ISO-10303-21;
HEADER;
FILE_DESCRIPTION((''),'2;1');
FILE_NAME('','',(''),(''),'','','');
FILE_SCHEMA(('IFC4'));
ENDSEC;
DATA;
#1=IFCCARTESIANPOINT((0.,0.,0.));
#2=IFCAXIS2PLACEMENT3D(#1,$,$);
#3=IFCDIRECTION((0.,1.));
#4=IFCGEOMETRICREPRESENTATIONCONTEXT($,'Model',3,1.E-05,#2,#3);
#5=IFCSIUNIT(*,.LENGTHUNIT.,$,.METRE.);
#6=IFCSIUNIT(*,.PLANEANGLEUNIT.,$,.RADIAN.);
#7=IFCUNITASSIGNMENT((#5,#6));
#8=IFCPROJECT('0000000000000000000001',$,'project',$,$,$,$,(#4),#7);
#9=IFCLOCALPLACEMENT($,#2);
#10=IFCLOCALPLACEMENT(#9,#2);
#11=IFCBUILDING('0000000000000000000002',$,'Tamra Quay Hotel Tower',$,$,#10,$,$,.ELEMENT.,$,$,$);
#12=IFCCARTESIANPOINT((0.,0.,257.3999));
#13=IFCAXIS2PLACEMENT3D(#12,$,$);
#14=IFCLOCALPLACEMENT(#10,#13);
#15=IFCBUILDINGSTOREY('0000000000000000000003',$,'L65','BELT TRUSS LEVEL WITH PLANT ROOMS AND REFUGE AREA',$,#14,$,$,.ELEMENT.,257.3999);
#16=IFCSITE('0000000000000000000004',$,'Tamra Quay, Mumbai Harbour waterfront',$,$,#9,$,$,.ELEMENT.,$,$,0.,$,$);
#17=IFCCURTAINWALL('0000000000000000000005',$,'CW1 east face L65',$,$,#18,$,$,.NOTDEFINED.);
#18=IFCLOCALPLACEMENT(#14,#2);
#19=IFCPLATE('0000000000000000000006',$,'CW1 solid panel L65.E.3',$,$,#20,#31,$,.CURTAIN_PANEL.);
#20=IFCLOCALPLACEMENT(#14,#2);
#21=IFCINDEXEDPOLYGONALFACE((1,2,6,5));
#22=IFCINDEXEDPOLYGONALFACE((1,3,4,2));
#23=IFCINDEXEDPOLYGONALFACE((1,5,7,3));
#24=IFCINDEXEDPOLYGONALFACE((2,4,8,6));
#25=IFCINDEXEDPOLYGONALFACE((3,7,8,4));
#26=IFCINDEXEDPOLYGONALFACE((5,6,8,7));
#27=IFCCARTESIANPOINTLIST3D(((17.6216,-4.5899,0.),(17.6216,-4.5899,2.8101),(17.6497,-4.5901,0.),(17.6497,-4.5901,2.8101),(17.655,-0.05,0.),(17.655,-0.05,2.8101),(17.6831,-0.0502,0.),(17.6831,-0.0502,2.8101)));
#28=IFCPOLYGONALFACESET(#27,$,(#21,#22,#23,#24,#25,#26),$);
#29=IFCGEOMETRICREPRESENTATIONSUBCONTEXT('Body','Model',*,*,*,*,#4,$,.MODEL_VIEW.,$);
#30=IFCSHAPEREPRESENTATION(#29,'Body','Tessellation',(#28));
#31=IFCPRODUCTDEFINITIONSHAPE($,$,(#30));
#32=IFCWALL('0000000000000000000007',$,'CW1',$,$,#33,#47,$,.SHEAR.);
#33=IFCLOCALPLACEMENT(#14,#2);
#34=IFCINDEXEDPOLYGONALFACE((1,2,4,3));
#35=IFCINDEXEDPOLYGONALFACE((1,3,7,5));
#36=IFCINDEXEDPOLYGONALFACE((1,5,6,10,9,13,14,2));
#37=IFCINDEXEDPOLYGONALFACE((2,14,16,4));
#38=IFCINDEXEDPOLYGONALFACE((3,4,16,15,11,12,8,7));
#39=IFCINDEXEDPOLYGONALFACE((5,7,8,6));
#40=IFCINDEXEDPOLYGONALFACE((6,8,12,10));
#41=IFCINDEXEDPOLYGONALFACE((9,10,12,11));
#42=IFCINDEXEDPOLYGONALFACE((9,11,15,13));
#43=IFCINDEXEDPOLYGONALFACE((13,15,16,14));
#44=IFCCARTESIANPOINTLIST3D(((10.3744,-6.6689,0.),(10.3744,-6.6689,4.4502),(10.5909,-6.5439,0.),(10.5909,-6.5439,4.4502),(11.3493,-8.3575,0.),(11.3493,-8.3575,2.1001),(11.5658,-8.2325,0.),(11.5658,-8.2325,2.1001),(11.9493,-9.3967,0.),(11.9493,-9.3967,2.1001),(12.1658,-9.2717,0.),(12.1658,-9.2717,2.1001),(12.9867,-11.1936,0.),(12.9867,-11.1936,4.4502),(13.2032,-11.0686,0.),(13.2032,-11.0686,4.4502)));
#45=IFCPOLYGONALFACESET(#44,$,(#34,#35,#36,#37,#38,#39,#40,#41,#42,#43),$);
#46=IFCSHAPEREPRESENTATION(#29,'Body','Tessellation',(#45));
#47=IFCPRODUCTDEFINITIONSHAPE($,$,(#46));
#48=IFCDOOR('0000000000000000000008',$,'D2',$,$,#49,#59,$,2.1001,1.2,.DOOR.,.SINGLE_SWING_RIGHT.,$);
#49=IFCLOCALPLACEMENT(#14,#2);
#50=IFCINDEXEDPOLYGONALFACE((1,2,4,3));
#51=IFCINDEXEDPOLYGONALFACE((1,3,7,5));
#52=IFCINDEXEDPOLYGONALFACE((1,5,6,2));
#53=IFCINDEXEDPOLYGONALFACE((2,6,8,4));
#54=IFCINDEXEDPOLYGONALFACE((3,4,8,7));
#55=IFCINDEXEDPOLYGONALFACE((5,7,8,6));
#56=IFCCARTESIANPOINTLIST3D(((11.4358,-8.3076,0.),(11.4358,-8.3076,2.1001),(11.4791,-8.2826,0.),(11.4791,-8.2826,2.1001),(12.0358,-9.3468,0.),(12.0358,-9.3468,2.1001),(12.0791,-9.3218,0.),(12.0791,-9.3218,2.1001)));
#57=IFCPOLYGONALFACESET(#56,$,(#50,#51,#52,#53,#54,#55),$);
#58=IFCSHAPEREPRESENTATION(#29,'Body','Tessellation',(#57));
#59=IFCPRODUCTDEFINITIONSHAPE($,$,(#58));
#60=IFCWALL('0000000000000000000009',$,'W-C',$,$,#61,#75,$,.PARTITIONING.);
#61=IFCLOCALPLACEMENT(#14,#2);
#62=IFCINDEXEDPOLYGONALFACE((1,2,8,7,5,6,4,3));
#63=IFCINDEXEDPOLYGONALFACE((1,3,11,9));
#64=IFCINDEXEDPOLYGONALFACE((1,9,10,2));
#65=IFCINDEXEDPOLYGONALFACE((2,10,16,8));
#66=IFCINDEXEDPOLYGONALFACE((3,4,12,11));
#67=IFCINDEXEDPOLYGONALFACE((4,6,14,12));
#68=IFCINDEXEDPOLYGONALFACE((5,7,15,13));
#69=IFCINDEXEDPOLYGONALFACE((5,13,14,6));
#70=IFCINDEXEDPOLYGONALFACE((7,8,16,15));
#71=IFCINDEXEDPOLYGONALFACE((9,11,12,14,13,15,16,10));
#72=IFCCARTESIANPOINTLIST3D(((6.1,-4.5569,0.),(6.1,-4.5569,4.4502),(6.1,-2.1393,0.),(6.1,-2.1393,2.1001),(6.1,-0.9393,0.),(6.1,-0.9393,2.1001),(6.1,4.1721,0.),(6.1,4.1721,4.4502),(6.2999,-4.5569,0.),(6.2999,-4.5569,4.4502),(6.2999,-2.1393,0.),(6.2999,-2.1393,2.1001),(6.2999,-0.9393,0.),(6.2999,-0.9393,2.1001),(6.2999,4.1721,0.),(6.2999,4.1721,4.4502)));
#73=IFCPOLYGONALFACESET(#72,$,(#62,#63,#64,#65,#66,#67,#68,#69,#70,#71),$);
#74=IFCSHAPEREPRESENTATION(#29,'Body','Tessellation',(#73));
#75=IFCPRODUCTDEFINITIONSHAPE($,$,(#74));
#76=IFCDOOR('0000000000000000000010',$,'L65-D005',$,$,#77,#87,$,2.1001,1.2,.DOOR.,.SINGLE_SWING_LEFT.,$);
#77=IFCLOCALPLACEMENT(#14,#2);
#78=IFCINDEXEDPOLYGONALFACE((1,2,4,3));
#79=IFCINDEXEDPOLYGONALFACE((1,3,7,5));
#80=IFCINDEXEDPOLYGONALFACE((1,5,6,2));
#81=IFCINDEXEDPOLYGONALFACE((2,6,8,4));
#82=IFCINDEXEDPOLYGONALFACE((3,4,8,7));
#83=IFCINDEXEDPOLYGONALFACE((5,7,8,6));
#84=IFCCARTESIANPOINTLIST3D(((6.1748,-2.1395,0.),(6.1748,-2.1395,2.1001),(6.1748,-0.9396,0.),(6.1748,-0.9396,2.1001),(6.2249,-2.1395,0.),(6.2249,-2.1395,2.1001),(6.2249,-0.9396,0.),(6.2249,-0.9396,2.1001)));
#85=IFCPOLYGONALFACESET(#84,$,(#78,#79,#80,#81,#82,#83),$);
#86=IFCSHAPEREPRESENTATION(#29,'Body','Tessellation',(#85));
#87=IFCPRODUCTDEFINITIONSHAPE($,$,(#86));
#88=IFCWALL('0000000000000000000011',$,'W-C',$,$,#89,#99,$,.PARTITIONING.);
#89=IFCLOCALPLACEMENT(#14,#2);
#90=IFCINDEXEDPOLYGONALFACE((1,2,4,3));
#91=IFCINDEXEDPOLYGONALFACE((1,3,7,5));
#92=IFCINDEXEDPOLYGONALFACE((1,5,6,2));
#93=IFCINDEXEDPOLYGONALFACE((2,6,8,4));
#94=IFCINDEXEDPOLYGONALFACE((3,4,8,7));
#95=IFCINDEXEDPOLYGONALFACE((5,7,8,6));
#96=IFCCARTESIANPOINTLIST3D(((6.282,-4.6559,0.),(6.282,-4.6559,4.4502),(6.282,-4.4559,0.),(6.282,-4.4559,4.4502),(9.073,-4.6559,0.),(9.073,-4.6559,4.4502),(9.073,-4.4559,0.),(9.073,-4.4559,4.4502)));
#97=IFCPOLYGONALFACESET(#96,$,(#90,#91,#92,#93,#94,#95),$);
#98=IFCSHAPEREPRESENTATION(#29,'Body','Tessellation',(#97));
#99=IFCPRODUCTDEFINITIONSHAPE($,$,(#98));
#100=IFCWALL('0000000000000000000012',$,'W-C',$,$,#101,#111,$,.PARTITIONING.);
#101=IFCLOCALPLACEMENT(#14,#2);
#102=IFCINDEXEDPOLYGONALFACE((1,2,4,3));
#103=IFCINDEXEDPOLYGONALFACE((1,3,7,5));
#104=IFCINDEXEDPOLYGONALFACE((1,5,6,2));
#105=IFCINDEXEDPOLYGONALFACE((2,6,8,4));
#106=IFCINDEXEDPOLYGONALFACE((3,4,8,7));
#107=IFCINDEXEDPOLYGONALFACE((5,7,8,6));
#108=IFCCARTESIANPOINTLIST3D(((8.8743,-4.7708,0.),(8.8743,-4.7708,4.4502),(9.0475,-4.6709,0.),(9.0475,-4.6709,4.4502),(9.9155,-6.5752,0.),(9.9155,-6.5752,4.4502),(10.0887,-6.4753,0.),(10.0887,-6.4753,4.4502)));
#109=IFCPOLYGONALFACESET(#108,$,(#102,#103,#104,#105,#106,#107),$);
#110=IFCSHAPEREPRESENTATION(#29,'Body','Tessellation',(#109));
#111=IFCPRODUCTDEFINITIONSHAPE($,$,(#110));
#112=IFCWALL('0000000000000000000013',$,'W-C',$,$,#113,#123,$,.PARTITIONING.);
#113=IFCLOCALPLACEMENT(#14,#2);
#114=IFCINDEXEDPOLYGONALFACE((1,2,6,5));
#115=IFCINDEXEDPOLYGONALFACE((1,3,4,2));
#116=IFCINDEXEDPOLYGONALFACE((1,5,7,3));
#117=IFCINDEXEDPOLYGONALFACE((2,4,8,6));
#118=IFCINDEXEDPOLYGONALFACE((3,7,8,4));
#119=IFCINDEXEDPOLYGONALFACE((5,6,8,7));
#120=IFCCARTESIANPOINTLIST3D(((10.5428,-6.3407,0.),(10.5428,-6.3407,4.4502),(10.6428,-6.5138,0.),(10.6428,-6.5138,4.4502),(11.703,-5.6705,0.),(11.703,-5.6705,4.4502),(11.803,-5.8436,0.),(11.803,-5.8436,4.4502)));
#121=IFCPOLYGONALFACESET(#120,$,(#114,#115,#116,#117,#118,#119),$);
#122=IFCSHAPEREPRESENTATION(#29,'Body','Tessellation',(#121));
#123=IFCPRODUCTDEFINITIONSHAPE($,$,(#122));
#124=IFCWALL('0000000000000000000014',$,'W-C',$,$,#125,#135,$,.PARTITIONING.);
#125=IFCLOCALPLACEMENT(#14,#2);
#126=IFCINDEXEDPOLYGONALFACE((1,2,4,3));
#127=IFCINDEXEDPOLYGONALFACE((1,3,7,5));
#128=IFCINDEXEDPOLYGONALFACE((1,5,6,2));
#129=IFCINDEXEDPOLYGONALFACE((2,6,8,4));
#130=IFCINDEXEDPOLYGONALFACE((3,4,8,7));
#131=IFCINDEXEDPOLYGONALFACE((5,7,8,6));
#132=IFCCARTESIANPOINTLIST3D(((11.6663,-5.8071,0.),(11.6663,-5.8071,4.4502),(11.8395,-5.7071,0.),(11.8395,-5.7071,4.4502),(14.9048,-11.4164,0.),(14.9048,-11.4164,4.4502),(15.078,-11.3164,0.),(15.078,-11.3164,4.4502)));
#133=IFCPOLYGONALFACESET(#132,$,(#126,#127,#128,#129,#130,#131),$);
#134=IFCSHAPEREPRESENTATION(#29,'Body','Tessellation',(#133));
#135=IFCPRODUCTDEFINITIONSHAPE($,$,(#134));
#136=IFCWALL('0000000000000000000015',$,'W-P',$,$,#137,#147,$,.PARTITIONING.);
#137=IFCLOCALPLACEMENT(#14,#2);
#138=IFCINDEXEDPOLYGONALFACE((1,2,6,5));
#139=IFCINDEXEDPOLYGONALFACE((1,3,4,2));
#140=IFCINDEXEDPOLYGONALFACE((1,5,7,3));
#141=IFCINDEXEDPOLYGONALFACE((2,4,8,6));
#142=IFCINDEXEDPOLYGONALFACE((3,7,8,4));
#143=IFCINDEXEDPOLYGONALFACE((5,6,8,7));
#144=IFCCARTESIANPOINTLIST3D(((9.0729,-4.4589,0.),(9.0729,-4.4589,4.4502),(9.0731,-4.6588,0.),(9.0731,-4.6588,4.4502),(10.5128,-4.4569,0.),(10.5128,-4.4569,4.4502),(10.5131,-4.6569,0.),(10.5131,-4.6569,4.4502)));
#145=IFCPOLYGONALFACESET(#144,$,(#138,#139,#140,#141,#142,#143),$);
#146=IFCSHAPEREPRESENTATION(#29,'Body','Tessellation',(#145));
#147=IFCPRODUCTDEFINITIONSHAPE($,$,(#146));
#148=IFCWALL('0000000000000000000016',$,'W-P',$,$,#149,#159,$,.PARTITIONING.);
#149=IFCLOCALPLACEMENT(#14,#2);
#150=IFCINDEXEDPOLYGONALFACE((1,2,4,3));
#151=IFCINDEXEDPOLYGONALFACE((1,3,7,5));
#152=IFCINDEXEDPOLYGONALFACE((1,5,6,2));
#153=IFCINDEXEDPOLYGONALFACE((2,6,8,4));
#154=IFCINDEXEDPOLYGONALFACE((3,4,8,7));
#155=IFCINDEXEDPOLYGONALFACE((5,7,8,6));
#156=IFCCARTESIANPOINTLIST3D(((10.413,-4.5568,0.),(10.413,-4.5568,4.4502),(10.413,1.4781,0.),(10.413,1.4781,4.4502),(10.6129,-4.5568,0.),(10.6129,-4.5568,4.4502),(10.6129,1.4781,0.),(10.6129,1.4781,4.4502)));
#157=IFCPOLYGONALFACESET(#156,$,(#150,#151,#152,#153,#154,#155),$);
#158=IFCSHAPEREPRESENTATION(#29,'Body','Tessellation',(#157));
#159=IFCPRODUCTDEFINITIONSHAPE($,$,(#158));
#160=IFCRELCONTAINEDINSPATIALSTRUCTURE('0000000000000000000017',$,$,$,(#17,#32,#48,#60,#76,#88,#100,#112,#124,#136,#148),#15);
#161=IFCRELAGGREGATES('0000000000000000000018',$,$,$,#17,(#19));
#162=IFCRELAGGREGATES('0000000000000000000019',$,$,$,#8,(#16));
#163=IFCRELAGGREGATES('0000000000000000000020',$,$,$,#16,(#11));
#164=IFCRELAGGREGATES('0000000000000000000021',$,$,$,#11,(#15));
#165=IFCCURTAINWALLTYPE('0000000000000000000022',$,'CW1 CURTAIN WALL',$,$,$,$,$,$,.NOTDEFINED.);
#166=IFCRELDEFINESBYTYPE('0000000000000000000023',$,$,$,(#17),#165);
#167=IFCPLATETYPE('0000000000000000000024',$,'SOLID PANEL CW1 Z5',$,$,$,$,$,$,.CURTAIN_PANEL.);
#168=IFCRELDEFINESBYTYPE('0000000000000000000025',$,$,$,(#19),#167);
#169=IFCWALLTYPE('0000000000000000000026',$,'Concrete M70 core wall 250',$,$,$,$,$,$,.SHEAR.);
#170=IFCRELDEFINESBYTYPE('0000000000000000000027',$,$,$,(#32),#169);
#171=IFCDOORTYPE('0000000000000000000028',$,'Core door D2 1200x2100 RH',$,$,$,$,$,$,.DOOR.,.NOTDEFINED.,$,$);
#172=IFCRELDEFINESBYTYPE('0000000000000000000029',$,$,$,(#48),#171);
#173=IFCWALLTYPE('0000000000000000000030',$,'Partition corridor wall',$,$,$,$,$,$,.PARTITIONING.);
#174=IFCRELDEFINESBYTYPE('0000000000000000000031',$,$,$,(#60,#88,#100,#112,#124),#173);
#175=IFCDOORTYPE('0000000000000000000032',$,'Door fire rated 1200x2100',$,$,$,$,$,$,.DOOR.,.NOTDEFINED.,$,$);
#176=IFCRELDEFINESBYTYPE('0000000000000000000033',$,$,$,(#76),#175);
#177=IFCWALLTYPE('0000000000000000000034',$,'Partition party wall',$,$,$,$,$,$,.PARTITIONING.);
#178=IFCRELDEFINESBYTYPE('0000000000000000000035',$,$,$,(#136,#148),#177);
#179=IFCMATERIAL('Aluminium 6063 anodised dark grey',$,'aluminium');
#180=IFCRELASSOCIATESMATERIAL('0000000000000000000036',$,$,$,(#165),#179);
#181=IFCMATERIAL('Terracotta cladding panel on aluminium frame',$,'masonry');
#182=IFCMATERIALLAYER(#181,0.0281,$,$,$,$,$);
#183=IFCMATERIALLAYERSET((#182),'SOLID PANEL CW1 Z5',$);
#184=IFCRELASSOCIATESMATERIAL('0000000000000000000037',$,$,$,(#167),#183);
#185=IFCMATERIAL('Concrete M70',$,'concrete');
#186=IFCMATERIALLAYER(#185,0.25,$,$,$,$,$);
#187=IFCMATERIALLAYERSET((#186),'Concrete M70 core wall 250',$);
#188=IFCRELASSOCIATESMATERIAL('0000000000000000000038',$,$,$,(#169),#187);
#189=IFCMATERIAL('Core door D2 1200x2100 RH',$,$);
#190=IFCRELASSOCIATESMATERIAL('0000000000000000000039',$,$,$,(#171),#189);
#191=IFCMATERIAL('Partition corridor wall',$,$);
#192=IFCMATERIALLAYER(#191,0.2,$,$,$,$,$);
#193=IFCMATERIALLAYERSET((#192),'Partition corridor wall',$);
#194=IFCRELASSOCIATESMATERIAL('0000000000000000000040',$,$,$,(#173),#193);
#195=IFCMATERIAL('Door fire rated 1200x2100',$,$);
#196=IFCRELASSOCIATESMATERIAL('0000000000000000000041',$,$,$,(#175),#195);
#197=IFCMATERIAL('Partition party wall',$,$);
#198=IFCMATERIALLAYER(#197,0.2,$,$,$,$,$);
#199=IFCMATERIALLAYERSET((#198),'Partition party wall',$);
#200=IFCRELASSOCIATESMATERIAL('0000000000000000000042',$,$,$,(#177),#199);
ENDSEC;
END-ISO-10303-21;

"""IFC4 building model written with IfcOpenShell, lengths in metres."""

from ifc_helpers import new_model, si_unit, direction, frame, frame_2d, origin, origin_2d, place, context, subcontext, project, spatial, rectangle, extrude, material, layer, layer_set, type_object, element, fill, aggregate, save


model = new_model("IFC4")

# Units and contexts
model_context = context("Model", 3, precision=1e-05, world=origin(), true_north=direction((0.0, 1.0)))
body_context = subcontext(model_context, "Body", "Model", "MODEL_VIEW")
ifc_project = project(units=[si_unit("LENGTHUNIT", "METRE"), si_unit("PLANEANGLEUNIT", "RADIAN")], contexts=[model_context])

# Site, building, storey
site_placement = place(None, origin())
site = spatial("IfcSite", under=ifc_project, at=site_placement, Name="Tamra Quay, Mumbai Harbour waterfront", CompositionType="ELEMENT", RefElevation=0.0)
building_placement = place(site_placement, origin())
building = spatial("IfcBuilding", under=site, at=building_placement, Name="Tamra Quay Hotel Tower", CompositionType="ELEMENT")
storey_placement = place(building_placement, frame((0.0, 0.0, 257.3999)))
storey = spatial("IfcBuildingStorey", under=building, at=storey_placement, Name="L65", Description="BELT TRUSS LEVEL WITH PLANT ROOMS AND REFUGE AREA", CompositionType="ELEMENT", Elevation=257.3999)

# Curtain wall
ifc_material_1 = material(Name="Aluminium 6063 anodised dark grey", Category="aluminium")
curtain_wall_type = type_object("IfcCurtainWallType", Name="CW1 CURTAIN WALL", PredefinedType="NOTDEFINED", material=ifc_material_1)
curtain_wall_placement = place(storey_placement, origin())
curtain_wall = element("IfcCurtainWall", 1, at=curtain_wall_placement, inside=storey, type_object=curtain_wall_type, Name="CW1 east face L65", PredefinedType="NOTDEFINED")

# Plate
ifc_material_2 = material(Name="Terracotta cladding panel on aluminium frame", Category="masonry")
ifc_layer_1 = layer(ifc_material_2, 0.0281)
ifc_layer_set_1 = layer_set([ifc_layer_1], Name="SOLID PANEL CW1 Z5")
plate_type_1 = type_object("IfcPlateType", Name="SOLID PANEL CW1 Z5", PredefinedType="CURTAIN_PANEL", material=ifc_layer_set_1)
plate_placement = place(storey_placement, frame((17.6523, -2.3201, 0.0), z_axis=(0.0, 0.0, 1.0), x_axis=(0.007362, 0.999973, 0.0)))
plate = element("IfcPlate", 2, at=plate_placement, type_object=plate_type_1, Name="CW1 solid panel L65.E.3", PredefinedType="CURTAIN_PANEL", context=body_context, shape_type="SweptSolid", body=[
    extrude(rectangle(XDim=4.54, YDim=0.0281, at=origin_2d()), origin(), (0.0, 0.0, 1.0), 2.8101),
])
aggregate(curtain_wall, [plate])

# Walls, openings, doors
ifc_material_3 = material(Name="Concrete M70", Category="concrete")
ifc_layer_2 = layer(ifc_material_3, 0.25)
ifc_layer_set_2 = layer_set([ifc_layer_2], Name="Concrete M70 core wall 250")
wall_type_1 = type_object("IfcWallType", Name="Concrete M70 core wall 250", PredefinedType="SHEAR", material=ifc_layer_set_2)
wall_1_placement = place(storey_placement, frame((10.4827, -6.6064, 0.0), z_axis=(0.0, 0.0, 1.0), x_axis=(0.499999, -0.866026, 0.0)))
wall_1 = element("IfcWall", 3, at=wall_1_placement, inside=storey, type_object=wall_type_1, Name="CW1", PredefinedType="SHEAR", context=body_context, shape_type="SweptSolid", body=[
    extrude(rectangle(XDim=5.2246, YDim=0.25, at=frame_2d((2.6123, 0.0))), origin(), (0.0, 0.0, 1.0), 4.4502),
])
opening_1_placement = place(wall_1_placement, frame((1.9497, 0.0, 0.0)))
opening_1 = element("IfcOpeningElement", 4, at=opening_1_placement, cuts=wall_1, PredefinedType="OPENING", context=body_context, shape_type="SweptSolid", body=[
    extrude(rectangle(XDim=1.2, YDim=2.1001, at=frame_2d((0.6001, 1.05))), frame((0.0, 0.135, 0.0), z_axis=(0.0, -1.0, 0.0), x_axis=(1.0, 0.0, 0.0)), (0.0, 0.0, 1.0), 0.27),
])
ifc_material_4 = material(Name="Core door D2 1200x2100 RH")
door_type_1 = type_object("IfcDoorType", Name="Core door D2 1200x2100 RH", OperationType="NOTDEFINED", PredefinedType="DOOR", material=ifc_material_4)
door_1_placement = place(opening_1_placement, origin())
door_1 = element("IfcDoor", 5, at=door_1_placement, inside=storey, type_object=door_type_1, Name="D2", OperationType="SINGLE_SWING_RIGHT", OverallHeight=2.1001, OverallWidth=1.2, PredefinedType="DOOR", context=body_context, shape_type="SweptSolid", body=[
    extrude(rectangle(XDim=1.2, YDim=2.1001, at=frame_2d((0.6001, 1.05))), frame((0.0, 0.0249, 0.0), z_axis=(0.0, -1.0, 0.0), x_axis=(1.0, 0.0, 0.0)), (0.0, 0.0, 1.0), 0.05),
])
fill(opening_1, door_1)
ifc_material_5 = material(Name="Partition corridor wall")
ifc_layer_3 = layer(ifc_material_5, 0.2)
ifc_layer_set_3 = layer_set([ifc_layer_3], Name="Partition corridor wall")
wall_type_2 = type_object("IfcWallType", Name="Partition corridor wall", PredefinedType="PARTITIONING", material=ifc_layer_set_3)
wall_2_placement = place(storey_placement, frame((6.2, -4.5569, 0.0), z_axis=(0.0, 0.0, 1.0), x_axis=(0.0, 1.0, 0.0)))
wall_2 = element("IfcWall", 6, at=wall_2_placement, inside=storey, type_object=wall_type_2, Name="W-C", PredefinedType="PARTITIONING", context=body_context, shape_type="SweptSolid", body=[
    extrude(rectangle(XDim=8.729, YDim=0.2, at=frame_2d((4.3645, 0.0))), origin(), (0.0, 0.0, 1.0), 4.4502),
])
opening_2_placement = place(wall_2_placement, frame((2.4175, 0.0, 0.0)))
opening_2 = element("IfcOpeningElement", 7, at=opening_2_placement, cuts=wall_2, PredefinedType="OPENING", context=body_context, shape_type="SweptSolid", body=[
    extrude(rectangle(XDim=1.2, YDim=2.1001, at=frame_2d((0.6001, 1.05))), frame((0.0, 0.1099, 0.0), z_axis=(0.0, -1.0, 0.0), x_axis=(1.0, 0.0, 0.0)), (0.0, 0.0, 1.0), 0.22),
])
ifc_material_6 = material(Name="Door fire rated 1200x2100")
door_type_2 = type_object("IfcDoorType", Name="Door fire rated 1200x2100", OperationType="NOTDEFINED", PredefinedType="DOOR", material=ifc_material_6)
door_2_placement = place(opening_2_placement, frame((1.2, 0.0, 0.0), z_axis=(0.0, 0.0, 1.0), x_axis=(-1.0, 0.0, 0.0)))
door_2 = element("IfcDoor", 8, at=door_2_placement, inside=storey, type_object=door_type_2, Name="L65-D005", OperationType="SINGLE_SWING_LEFT", OverallHeight=2.1001, OverallWidth=1.2, PredefinedType="DOOR", context=body_context, shape_type="SweptSolid", body=[
    extrude(rectangle(XDim=1.2, YDim=2.1001, at=frame_2d((0.6001, 1.05))), frame((0.0, 0.0249, 0.0), z_axis=(0.0, -1.0, 0.0), x_axis=(1.0, 0.0, 0.0)), (0.0, 0.0, 1.0), 0.05),
])
fill(opening_2, door_2)

# Walls
wall_3_placement = place(storey_placement, frame((6.282, -4.5559, 0.0), z_axis=(0.0, 0.0, 1.0), x_axis=(1.0, 0.0, 0.0)))
element("IfcWall", 9, at=wall_3_placement, inside=storey, type_object=wall_type_2, Name="W-C", PredefinedType="PARTITIONING", context=body_context, shape_type="SweptSolid", body=[
    extrude(rectangle(XDim=2.791, YDim=0.2, at=frame_2d((1.3955, 0.0))), origin(), (0.0, 0.0, 1.0), 4.4502),
])
wall_4_placement = place(storey_placement, frame((8.9609, -4.7209, 0.0), z_axis=(0.0, 0.0, 1.0), x_axis=(0.499807, -0.866137, 0.0)))
element("IfcWall", 10, at=wall_4_placement, inside=storey, type_object=wall_type_2, Name="W-C", PredefinedType="PARTITIONING", context=body_context, shape_type="SweptSolid", body=[
    extrude(rectangle(XDim=2.0833, YDim=0.2, at=frame_2d((1.0415, 0.0))), origin(), (0.0, 0.0, 1.0), 4.4502),
])
wall_5_placement = place(storey_placement, frame((10.5928, -6.4272, 0.0), z_axis=(0.0, 0.0, 1.0), x_axis=(0.865912, 0.500196, 0.0)))
element("IfcWall", 11, at=wall_5_placement, inside=storey, type_object=wall_type_2, Name="W-C", PredefinedType="PARTITIONING", context=body_context, shape_type="SweptSolid", body=[
    extrude(rectangle(XDim=1.3398, YDim=0.2, at=frame_2d((0.6699, 0.0))), origin(), (0.0, 0.0, 1.0), 4.4502),
])
wall_6_placement = place(storey_placement, frame((11.7529, -5.7571, 0.0), z_axis=(0.0, 0.0, 1.0), x_axis=(0.499994, -0.866029, 0.0)))
element("IfcWall", 12, at=wall_6_placement, inside=storey, type_object=wall_type_2, Name="W-C", PredefinedType="PARTITIONING", context=body_context, shape_type="SweptSolid", body=[
    extrude(rectangle(XDim=6.4771, YDim=0.2, at=frame_2d((3.2385, 0.0))), origin(), (0.0, 0.0, 1.0), 4.4502),
])
ifc_material_7 = material(Name="Partition party wall")
ifc_layer_4 = layer(ifc_material_7, 0.2)
ifc_layer_set_4 = layer_set([ifc_layer_4], Name="Partition party wall")
wall_type_3 = type_object("IfcWallType", Name="Partition party wall", PredefinedType="PARTITIONING", material=ifc_layer_set_4)
wall_7_placement = place(storey_placement, frame((9.073, -4.5588, 0.0), z_axis=(0.0, 0.0, 1.0), x_axis=(0.999999, 0.001356, 0.0)))
element("IfcWall", 13, at=wall_7_placement, inside=storey, type_object=wall_type_3, Name="W-P", PredefinedType="PARTITIONING", context=body_context, shape_type="SweptSolid", body=[
    extrude(rectangle(XDim=1.4399, YDim=0.2, at=frame_2d((0.72, 0.0))), origin(), (0.0, 0.0, 1.0), 4.4502),
])
wall_8_placement = place(storey_placement, frame((10.5129, -4.5569, 0.0), z_axis=(0.0, 0.0, 1.0), x_axis=(0.0, 1.0, 0.0)))
element("IfcWall", 14, at=wall_8_placement, inside=storey, type_object=wall_type_3, Name="W-P", PredefinedType="PARTITIONING", context=body_context, shape_type="SweptSolid", body=[
    extrude(rectangle(XDim=6.0349, YDim=0.2, at=frame_2d((3.0176, 0.0))), origin(), (0.0, 0.0, 1.0), 4.4502),
])

save(model, "model.ifc")
